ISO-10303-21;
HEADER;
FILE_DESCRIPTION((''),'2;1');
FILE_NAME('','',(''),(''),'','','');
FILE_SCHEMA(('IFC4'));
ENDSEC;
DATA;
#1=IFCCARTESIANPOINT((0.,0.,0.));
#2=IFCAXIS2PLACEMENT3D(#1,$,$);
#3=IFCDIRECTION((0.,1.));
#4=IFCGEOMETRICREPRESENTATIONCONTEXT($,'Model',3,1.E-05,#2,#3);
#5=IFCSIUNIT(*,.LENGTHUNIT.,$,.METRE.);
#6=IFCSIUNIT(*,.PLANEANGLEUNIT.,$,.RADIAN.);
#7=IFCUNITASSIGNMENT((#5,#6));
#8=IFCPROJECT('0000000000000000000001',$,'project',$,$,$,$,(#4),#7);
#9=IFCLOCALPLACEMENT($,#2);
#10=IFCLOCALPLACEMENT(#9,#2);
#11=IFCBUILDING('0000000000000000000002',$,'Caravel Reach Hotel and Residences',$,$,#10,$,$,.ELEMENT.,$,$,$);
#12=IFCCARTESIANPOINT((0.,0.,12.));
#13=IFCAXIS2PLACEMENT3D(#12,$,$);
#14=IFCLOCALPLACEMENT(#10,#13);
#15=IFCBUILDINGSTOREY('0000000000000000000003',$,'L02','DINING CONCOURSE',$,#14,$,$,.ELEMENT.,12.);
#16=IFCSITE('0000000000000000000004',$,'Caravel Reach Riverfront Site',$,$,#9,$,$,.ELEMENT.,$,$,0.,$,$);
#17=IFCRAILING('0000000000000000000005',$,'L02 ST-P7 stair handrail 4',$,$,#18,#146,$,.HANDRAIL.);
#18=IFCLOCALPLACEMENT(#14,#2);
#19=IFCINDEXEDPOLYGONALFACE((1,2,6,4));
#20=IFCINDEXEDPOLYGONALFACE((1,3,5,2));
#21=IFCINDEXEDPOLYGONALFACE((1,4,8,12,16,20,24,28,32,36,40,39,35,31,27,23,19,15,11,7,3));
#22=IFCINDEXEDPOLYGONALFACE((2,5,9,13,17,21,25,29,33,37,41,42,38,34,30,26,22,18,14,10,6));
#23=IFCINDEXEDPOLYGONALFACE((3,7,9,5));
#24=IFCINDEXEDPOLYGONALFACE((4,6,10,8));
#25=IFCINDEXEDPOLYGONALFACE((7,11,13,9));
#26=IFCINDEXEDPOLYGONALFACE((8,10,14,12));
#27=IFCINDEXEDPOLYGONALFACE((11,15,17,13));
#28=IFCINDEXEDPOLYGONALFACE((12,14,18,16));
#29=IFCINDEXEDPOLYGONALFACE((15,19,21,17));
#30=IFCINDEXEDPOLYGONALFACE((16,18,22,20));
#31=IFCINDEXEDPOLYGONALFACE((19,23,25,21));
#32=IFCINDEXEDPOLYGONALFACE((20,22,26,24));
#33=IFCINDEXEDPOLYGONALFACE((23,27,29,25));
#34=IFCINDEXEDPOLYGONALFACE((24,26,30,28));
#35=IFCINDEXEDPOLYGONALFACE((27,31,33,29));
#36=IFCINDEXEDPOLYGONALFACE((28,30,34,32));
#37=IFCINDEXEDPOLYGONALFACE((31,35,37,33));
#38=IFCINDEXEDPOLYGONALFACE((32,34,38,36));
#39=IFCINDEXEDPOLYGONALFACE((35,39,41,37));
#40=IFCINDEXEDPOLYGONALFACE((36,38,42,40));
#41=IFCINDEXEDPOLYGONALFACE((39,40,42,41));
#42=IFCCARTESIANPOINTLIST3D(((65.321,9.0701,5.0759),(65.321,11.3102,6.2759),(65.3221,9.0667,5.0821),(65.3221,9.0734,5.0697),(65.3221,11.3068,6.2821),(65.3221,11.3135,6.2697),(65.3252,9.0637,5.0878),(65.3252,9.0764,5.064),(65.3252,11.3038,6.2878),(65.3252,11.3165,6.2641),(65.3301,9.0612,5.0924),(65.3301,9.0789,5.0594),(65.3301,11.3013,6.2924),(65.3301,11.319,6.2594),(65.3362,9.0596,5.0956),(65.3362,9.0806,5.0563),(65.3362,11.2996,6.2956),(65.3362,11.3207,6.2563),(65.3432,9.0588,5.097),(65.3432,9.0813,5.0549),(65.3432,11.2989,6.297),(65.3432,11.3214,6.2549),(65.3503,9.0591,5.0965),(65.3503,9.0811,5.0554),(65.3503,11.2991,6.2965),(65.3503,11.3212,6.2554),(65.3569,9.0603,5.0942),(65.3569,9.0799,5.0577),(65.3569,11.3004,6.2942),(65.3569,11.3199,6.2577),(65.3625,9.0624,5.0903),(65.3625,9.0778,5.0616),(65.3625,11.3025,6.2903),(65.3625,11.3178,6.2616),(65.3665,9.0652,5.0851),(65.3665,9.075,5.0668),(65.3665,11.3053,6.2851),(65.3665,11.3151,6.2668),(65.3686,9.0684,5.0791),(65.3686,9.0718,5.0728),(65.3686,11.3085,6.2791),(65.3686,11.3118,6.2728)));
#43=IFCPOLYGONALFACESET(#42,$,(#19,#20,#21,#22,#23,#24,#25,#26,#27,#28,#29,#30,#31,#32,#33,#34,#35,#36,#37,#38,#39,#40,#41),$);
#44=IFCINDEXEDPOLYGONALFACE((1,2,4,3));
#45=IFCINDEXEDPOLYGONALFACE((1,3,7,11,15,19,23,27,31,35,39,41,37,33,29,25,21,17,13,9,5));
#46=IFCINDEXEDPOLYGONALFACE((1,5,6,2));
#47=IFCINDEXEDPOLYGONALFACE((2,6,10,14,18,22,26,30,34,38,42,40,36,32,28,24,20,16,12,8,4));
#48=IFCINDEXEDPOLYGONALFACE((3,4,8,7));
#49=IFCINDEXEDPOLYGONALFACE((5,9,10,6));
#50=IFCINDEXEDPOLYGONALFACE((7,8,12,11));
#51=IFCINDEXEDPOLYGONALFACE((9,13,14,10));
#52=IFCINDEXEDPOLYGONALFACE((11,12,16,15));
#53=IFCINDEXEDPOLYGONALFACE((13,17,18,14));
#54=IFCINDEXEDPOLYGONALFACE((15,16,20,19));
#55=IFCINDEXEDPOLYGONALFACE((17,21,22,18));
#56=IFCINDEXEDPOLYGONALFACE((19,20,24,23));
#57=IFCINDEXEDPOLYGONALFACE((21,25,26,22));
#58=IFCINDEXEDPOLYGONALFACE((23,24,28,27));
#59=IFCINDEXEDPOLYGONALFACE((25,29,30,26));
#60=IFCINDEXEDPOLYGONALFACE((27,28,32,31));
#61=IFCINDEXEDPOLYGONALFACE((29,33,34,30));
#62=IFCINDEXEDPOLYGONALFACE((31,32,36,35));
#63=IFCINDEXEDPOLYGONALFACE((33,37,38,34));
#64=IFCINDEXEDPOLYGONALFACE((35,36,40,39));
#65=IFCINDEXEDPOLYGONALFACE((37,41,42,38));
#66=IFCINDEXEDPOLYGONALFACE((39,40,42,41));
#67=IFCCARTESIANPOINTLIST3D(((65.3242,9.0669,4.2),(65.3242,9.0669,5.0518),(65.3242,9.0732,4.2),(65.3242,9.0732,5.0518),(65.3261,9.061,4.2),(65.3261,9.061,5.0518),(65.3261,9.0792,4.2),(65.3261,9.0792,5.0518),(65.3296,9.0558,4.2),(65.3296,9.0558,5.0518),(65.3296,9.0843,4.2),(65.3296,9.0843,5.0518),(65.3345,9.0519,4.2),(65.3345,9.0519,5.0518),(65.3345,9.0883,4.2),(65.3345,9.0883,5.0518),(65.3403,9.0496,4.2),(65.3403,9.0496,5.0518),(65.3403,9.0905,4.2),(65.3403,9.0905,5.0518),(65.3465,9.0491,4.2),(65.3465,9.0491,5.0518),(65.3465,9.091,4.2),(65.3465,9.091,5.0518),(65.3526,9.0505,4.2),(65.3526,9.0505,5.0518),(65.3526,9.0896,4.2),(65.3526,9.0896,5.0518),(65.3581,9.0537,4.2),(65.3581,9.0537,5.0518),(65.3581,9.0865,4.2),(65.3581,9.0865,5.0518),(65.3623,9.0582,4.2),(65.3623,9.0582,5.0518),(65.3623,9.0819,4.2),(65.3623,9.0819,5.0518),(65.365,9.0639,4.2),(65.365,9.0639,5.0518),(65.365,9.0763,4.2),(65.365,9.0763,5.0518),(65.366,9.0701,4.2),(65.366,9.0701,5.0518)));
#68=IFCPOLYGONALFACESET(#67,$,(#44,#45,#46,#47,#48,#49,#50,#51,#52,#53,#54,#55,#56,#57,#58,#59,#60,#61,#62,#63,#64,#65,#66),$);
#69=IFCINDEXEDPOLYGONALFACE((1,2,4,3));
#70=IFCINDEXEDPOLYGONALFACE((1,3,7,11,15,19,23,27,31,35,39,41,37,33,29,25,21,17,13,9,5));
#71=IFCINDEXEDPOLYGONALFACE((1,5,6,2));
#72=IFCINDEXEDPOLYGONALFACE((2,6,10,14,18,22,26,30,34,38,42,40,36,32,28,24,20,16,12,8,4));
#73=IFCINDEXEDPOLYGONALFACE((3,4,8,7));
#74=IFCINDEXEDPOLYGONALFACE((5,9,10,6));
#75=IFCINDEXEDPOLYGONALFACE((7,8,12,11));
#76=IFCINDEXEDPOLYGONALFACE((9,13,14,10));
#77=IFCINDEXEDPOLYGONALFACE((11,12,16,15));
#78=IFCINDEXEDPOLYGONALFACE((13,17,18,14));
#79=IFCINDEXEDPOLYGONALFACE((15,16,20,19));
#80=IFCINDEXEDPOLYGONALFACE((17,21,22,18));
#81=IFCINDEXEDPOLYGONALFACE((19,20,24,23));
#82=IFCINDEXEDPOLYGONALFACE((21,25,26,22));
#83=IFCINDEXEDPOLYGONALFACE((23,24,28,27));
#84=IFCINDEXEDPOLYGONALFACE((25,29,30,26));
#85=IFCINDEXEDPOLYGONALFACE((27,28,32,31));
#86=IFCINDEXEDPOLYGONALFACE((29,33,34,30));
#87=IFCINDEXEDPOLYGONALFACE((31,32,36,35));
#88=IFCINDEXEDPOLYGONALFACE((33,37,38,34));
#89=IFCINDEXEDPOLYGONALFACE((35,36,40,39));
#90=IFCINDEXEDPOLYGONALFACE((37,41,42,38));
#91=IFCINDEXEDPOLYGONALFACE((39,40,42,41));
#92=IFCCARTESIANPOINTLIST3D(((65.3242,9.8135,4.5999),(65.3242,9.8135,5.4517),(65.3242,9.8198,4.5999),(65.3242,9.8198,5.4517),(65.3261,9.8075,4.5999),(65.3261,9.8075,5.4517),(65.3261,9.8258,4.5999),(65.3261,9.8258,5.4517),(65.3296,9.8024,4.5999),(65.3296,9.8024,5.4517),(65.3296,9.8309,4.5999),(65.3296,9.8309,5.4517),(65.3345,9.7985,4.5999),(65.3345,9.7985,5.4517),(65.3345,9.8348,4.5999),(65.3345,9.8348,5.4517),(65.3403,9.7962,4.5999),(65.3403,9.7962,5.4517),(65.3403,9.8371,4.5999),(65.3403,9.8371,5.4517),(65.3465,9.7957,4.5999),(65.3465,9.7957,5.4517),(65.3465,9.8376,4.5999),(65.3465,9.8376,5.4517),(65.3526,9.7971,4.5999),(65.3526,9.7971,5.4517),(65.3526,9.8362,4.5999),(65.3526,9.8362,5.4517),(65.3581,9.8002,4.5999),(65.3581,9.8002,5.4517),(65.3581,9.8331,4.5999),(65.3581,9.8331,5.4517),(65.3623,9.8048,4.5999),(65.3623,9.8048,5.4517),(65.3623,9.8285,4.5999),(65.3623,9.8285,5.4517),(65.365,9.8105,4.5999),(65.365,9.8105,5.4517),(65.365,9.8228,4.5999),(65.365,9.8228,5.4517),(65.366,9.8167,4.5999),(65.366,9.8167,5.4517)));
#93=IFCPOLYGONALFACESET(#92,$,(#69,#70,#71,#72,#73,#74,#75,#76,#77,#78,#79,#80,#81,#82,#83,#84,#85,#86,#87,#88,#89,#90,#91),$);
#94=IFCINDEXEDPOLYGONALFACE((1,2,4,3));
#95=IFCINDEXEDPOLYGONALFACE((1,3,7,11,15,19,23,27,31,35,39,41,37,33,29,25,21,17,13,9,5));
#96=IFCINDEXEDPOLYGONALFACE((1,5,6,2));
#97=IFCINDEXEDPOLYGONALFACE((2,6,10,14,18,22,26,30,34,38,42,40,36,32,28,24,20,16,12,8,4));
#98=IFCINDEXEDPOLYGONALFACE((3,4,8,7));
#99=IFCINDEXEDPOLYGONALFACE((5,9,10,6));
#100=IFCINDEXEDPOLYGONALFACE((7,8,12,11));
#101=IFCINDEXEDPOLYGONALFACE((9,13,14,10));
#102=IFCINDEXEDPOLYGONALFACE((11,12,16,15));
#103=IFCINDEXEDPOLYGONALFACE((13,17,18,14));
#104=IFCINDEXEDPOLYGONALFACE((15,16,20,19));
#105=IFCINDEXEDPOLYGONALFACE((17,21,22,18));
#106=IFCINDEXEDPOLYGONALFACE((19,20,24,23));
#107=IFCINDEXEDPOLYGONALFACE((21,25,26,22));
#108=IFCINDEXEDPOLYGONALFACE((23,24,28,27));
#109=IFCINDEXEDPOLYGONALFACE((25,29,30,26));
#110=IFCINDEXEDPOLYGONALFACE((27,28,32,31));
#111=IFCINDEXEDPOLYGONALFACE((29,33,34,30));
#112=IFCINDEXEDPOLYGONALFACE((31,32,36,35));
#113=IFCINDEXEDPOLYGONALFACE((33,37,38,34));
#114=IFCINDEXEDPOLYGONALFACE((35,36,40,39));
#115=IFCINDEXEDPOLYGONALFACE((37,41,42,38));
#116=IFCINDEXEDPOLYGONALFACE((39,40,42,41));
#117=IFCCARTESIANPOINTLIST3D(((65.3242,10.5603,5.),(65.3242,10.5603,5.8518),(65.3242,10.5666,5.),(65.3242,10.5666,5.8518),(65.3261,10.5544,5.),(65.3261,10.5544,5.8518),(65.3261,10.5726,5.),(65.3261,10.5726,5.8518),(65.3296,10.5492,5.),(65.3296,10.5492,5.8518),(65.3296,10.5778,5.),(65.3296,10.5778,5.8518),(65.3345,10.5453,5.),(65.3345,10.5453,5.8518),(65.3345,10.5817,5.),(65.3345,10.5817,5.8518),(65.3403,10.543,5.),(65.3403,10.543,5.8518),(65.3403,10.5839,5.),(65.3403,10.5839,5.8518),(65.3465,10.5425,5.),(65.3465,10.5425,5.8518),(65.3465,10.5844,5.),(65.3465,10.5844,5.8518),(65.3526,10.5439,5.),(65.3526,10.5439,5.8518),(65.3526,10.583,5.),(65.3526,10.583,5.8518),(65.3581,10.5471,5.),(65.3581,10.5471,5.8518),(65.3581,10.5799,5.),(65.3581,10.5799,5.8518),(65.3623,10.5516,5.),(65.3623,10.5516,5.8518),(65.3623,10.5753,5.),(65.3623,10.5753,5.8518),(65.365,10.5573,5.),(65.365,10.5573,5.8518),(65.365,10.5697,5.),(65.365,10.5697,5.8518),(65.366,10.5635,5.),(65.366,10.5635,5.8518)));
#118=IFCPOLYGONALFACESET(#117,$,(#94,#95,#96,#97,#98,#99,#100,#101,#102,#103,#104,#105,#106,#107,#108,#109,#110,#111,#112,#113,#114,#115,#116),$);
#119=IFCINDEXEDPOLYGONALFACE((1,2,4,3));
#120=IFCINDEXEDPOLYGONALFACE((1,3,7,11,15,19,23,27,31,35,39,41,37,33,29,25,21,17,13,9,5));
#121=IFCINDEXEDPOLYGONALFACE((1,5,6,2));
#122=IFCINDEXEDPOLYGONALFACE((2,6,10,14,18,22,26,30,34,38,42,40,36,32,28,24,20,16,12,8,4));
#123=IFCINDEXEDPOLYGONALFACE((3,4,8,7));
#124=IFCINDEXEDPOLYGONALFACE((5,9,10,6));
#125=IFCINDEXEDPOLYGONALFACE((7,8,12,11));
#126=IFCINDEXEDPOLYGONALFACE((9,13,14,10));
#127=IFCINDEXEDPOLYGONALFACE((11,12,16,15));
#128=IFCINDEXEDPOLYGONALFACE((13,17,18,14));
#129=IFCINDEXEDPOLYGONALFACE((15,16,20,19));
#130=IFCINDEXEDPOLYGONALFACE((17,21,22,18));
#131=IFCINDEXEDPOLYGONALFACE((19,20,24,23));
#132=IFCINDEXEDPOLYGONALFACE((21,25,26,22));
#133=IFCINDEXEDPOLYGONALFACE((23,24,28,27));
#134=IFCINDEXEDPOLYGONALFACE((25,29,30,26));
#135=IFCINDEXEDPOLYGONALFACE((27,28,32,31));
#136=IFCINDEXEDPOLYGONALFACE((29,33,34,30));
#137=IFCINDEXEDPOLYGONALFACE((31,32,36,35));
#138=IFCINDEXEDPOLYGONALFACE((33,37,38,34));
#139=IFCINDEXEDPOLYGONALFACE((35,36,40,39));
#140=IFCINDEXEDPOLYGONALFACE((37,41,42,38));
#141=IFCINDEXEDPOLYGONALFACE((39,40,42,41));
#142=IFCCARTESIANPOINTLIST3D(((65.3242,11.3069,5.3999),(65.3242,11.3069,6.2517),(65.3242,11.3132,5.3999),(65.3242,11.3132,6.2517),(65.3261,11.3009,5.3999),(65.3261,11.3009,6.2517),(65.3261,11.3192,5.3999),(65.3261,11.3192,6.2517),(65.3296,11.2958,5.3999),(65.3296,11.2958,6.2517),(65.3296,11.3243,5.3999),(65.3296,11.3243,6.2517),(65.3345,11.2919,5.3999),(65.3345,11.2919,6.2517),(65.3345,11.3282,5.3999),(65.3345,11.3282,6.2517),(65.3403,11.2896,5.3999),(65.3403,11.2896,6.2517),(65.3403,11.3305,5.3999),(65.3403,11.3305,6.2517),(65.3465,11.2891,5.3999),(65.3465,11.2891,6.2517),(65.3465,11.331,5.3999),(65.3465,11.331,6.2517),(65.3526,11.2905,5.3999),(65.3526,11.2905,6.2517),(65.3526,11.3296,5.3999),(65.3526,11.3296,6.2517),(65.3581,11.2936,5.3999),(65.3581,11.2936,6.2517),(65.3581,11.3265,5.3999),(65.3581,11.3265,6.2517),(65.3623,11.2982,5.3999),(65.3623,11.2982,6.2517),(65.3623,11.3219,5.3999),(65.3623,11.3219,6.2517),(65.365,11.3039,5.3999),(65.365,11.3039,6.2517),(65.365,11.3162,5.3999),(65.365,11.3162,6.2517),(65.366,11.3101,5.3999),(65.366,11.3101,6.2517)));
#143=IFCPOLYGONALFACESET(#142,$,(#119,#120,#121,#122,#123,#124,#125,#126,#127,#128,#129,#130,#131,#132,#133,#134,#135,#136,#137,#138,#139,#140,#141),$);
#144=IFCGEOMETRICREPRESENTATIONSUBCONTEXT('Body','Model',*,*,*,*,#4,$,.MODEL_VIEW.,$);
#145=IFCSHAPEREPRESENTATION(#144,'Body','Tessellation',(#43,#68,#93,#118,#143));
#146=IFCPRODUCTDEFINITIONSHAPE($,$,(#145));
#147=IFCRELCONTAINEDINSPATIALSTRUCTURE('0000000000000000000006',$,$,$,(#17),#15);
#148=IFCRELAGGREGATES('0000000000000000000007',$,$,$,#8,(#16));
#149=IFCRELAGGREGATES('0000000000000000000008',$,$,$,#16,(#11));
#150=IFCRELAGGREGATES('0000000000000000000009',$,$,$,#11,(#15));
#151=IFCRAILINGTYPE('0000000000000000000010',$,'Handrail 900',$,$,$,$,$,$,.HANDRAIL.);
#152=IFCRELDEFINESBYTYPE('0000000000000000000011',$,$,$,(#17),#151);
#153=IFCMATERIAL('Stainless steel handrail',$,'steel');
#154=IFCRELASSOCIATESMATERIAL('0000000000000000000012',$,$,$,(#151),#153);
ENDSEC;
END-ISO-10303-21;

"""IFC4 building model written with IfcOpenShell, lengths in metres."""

from ifc_helpers import new_model, si_unit, direction, frame, origin, origin_2d, place, context, subcontext, project, spatial, circle, extrude, material, type_object, element, save


model = new_model("IFC4")

# Units and contexts
model_context = context("Model", 3, precision=1e-05, world=origin(), true_north=direction((0.0, 1.0)))
body_context = subcontext(model_context, "Body", "Model", "MODEL_VIEW")
ifc_project = project(units=[si_unit("LENGTHUNIT", "METRE"), si_unit("PLANEANGLEUNIT", "RADIAN")], contexts=[model_context])

# Site, building, storey
site_placement = place(None, origin())
site = spatial("IfcSite", under=ifc_project, at=site_placement, Name="Caravel Reach Riverfront Site", CompositionType="ELEMENT", RefElevation=0.0)
building_placement = place(site_placement, origin())
building = spatial("IfcBuilding", under=site, at=building_placement, Name="Caravel Reach Hotel and Residences", CompositionType="ELEMENT")
storey_placement = place(building_placement, frame((0.0, 0.0, 12.0)))
storey = spatial("IfcBuildingStorey", under=building, at=storey_placement, Name="L02", Description="DINING CONCOURSE", CompositionType="ELEMENT", Elevation=12.0)

# Railing
ifc_material_1 = material(Name="Stainless steel handrail", Category="steel")
railing_type_1 = type_object("IfcRailingType", Name="Handrail 900", PredefinedType="HANDRAIL", material=ifc_material_1)
for number, where, name in (
    (1, (65.345, 9.0701, 4.2), "L02 ST-P7 stair handrail 4"),
):
    element("IfcRailing", number, at=place(storey_placement, frame(where)), inside=storey, type_object=railing_type_1, Name=name, PredefinedType="HANDRAIL", context=body_context, shape_type="SweptSolid", body=[
        extrude(circle(Radius=0.0239, at=origin_2d()), frame((0.0, 0.0, 0.876), z_axis=(0.0, 0.881487, 0.472208), x_axis=(-1.0, 0.0, 0.0)), (0.0, 0.0, 1.0), 2.5413),
        extrude(circle(Radius=0.021, at=origin_2d()), origin(), (0.0, 0.0, 1.0), 0.8518),
        extrude(circle(Radius=0.021, at=origin_2d()), frame((0.0, 0.7466, 0.3999)), (0.0, 0.0, 1.0), 0.8518),
        extrude(circle(Radius=0.021, at=origin_2d()), frame((0.0, 1.4934, 0.8)), (0.0, 0.0, 1.0), 0.8518),
        extrude(circle(Radius=0.021, at=origin_2d()), frame((0.0, 2.24, 1.2)), (0.0, 0.0, 1.0), 0.8518),
    ])

save(model, "model.ifc")
